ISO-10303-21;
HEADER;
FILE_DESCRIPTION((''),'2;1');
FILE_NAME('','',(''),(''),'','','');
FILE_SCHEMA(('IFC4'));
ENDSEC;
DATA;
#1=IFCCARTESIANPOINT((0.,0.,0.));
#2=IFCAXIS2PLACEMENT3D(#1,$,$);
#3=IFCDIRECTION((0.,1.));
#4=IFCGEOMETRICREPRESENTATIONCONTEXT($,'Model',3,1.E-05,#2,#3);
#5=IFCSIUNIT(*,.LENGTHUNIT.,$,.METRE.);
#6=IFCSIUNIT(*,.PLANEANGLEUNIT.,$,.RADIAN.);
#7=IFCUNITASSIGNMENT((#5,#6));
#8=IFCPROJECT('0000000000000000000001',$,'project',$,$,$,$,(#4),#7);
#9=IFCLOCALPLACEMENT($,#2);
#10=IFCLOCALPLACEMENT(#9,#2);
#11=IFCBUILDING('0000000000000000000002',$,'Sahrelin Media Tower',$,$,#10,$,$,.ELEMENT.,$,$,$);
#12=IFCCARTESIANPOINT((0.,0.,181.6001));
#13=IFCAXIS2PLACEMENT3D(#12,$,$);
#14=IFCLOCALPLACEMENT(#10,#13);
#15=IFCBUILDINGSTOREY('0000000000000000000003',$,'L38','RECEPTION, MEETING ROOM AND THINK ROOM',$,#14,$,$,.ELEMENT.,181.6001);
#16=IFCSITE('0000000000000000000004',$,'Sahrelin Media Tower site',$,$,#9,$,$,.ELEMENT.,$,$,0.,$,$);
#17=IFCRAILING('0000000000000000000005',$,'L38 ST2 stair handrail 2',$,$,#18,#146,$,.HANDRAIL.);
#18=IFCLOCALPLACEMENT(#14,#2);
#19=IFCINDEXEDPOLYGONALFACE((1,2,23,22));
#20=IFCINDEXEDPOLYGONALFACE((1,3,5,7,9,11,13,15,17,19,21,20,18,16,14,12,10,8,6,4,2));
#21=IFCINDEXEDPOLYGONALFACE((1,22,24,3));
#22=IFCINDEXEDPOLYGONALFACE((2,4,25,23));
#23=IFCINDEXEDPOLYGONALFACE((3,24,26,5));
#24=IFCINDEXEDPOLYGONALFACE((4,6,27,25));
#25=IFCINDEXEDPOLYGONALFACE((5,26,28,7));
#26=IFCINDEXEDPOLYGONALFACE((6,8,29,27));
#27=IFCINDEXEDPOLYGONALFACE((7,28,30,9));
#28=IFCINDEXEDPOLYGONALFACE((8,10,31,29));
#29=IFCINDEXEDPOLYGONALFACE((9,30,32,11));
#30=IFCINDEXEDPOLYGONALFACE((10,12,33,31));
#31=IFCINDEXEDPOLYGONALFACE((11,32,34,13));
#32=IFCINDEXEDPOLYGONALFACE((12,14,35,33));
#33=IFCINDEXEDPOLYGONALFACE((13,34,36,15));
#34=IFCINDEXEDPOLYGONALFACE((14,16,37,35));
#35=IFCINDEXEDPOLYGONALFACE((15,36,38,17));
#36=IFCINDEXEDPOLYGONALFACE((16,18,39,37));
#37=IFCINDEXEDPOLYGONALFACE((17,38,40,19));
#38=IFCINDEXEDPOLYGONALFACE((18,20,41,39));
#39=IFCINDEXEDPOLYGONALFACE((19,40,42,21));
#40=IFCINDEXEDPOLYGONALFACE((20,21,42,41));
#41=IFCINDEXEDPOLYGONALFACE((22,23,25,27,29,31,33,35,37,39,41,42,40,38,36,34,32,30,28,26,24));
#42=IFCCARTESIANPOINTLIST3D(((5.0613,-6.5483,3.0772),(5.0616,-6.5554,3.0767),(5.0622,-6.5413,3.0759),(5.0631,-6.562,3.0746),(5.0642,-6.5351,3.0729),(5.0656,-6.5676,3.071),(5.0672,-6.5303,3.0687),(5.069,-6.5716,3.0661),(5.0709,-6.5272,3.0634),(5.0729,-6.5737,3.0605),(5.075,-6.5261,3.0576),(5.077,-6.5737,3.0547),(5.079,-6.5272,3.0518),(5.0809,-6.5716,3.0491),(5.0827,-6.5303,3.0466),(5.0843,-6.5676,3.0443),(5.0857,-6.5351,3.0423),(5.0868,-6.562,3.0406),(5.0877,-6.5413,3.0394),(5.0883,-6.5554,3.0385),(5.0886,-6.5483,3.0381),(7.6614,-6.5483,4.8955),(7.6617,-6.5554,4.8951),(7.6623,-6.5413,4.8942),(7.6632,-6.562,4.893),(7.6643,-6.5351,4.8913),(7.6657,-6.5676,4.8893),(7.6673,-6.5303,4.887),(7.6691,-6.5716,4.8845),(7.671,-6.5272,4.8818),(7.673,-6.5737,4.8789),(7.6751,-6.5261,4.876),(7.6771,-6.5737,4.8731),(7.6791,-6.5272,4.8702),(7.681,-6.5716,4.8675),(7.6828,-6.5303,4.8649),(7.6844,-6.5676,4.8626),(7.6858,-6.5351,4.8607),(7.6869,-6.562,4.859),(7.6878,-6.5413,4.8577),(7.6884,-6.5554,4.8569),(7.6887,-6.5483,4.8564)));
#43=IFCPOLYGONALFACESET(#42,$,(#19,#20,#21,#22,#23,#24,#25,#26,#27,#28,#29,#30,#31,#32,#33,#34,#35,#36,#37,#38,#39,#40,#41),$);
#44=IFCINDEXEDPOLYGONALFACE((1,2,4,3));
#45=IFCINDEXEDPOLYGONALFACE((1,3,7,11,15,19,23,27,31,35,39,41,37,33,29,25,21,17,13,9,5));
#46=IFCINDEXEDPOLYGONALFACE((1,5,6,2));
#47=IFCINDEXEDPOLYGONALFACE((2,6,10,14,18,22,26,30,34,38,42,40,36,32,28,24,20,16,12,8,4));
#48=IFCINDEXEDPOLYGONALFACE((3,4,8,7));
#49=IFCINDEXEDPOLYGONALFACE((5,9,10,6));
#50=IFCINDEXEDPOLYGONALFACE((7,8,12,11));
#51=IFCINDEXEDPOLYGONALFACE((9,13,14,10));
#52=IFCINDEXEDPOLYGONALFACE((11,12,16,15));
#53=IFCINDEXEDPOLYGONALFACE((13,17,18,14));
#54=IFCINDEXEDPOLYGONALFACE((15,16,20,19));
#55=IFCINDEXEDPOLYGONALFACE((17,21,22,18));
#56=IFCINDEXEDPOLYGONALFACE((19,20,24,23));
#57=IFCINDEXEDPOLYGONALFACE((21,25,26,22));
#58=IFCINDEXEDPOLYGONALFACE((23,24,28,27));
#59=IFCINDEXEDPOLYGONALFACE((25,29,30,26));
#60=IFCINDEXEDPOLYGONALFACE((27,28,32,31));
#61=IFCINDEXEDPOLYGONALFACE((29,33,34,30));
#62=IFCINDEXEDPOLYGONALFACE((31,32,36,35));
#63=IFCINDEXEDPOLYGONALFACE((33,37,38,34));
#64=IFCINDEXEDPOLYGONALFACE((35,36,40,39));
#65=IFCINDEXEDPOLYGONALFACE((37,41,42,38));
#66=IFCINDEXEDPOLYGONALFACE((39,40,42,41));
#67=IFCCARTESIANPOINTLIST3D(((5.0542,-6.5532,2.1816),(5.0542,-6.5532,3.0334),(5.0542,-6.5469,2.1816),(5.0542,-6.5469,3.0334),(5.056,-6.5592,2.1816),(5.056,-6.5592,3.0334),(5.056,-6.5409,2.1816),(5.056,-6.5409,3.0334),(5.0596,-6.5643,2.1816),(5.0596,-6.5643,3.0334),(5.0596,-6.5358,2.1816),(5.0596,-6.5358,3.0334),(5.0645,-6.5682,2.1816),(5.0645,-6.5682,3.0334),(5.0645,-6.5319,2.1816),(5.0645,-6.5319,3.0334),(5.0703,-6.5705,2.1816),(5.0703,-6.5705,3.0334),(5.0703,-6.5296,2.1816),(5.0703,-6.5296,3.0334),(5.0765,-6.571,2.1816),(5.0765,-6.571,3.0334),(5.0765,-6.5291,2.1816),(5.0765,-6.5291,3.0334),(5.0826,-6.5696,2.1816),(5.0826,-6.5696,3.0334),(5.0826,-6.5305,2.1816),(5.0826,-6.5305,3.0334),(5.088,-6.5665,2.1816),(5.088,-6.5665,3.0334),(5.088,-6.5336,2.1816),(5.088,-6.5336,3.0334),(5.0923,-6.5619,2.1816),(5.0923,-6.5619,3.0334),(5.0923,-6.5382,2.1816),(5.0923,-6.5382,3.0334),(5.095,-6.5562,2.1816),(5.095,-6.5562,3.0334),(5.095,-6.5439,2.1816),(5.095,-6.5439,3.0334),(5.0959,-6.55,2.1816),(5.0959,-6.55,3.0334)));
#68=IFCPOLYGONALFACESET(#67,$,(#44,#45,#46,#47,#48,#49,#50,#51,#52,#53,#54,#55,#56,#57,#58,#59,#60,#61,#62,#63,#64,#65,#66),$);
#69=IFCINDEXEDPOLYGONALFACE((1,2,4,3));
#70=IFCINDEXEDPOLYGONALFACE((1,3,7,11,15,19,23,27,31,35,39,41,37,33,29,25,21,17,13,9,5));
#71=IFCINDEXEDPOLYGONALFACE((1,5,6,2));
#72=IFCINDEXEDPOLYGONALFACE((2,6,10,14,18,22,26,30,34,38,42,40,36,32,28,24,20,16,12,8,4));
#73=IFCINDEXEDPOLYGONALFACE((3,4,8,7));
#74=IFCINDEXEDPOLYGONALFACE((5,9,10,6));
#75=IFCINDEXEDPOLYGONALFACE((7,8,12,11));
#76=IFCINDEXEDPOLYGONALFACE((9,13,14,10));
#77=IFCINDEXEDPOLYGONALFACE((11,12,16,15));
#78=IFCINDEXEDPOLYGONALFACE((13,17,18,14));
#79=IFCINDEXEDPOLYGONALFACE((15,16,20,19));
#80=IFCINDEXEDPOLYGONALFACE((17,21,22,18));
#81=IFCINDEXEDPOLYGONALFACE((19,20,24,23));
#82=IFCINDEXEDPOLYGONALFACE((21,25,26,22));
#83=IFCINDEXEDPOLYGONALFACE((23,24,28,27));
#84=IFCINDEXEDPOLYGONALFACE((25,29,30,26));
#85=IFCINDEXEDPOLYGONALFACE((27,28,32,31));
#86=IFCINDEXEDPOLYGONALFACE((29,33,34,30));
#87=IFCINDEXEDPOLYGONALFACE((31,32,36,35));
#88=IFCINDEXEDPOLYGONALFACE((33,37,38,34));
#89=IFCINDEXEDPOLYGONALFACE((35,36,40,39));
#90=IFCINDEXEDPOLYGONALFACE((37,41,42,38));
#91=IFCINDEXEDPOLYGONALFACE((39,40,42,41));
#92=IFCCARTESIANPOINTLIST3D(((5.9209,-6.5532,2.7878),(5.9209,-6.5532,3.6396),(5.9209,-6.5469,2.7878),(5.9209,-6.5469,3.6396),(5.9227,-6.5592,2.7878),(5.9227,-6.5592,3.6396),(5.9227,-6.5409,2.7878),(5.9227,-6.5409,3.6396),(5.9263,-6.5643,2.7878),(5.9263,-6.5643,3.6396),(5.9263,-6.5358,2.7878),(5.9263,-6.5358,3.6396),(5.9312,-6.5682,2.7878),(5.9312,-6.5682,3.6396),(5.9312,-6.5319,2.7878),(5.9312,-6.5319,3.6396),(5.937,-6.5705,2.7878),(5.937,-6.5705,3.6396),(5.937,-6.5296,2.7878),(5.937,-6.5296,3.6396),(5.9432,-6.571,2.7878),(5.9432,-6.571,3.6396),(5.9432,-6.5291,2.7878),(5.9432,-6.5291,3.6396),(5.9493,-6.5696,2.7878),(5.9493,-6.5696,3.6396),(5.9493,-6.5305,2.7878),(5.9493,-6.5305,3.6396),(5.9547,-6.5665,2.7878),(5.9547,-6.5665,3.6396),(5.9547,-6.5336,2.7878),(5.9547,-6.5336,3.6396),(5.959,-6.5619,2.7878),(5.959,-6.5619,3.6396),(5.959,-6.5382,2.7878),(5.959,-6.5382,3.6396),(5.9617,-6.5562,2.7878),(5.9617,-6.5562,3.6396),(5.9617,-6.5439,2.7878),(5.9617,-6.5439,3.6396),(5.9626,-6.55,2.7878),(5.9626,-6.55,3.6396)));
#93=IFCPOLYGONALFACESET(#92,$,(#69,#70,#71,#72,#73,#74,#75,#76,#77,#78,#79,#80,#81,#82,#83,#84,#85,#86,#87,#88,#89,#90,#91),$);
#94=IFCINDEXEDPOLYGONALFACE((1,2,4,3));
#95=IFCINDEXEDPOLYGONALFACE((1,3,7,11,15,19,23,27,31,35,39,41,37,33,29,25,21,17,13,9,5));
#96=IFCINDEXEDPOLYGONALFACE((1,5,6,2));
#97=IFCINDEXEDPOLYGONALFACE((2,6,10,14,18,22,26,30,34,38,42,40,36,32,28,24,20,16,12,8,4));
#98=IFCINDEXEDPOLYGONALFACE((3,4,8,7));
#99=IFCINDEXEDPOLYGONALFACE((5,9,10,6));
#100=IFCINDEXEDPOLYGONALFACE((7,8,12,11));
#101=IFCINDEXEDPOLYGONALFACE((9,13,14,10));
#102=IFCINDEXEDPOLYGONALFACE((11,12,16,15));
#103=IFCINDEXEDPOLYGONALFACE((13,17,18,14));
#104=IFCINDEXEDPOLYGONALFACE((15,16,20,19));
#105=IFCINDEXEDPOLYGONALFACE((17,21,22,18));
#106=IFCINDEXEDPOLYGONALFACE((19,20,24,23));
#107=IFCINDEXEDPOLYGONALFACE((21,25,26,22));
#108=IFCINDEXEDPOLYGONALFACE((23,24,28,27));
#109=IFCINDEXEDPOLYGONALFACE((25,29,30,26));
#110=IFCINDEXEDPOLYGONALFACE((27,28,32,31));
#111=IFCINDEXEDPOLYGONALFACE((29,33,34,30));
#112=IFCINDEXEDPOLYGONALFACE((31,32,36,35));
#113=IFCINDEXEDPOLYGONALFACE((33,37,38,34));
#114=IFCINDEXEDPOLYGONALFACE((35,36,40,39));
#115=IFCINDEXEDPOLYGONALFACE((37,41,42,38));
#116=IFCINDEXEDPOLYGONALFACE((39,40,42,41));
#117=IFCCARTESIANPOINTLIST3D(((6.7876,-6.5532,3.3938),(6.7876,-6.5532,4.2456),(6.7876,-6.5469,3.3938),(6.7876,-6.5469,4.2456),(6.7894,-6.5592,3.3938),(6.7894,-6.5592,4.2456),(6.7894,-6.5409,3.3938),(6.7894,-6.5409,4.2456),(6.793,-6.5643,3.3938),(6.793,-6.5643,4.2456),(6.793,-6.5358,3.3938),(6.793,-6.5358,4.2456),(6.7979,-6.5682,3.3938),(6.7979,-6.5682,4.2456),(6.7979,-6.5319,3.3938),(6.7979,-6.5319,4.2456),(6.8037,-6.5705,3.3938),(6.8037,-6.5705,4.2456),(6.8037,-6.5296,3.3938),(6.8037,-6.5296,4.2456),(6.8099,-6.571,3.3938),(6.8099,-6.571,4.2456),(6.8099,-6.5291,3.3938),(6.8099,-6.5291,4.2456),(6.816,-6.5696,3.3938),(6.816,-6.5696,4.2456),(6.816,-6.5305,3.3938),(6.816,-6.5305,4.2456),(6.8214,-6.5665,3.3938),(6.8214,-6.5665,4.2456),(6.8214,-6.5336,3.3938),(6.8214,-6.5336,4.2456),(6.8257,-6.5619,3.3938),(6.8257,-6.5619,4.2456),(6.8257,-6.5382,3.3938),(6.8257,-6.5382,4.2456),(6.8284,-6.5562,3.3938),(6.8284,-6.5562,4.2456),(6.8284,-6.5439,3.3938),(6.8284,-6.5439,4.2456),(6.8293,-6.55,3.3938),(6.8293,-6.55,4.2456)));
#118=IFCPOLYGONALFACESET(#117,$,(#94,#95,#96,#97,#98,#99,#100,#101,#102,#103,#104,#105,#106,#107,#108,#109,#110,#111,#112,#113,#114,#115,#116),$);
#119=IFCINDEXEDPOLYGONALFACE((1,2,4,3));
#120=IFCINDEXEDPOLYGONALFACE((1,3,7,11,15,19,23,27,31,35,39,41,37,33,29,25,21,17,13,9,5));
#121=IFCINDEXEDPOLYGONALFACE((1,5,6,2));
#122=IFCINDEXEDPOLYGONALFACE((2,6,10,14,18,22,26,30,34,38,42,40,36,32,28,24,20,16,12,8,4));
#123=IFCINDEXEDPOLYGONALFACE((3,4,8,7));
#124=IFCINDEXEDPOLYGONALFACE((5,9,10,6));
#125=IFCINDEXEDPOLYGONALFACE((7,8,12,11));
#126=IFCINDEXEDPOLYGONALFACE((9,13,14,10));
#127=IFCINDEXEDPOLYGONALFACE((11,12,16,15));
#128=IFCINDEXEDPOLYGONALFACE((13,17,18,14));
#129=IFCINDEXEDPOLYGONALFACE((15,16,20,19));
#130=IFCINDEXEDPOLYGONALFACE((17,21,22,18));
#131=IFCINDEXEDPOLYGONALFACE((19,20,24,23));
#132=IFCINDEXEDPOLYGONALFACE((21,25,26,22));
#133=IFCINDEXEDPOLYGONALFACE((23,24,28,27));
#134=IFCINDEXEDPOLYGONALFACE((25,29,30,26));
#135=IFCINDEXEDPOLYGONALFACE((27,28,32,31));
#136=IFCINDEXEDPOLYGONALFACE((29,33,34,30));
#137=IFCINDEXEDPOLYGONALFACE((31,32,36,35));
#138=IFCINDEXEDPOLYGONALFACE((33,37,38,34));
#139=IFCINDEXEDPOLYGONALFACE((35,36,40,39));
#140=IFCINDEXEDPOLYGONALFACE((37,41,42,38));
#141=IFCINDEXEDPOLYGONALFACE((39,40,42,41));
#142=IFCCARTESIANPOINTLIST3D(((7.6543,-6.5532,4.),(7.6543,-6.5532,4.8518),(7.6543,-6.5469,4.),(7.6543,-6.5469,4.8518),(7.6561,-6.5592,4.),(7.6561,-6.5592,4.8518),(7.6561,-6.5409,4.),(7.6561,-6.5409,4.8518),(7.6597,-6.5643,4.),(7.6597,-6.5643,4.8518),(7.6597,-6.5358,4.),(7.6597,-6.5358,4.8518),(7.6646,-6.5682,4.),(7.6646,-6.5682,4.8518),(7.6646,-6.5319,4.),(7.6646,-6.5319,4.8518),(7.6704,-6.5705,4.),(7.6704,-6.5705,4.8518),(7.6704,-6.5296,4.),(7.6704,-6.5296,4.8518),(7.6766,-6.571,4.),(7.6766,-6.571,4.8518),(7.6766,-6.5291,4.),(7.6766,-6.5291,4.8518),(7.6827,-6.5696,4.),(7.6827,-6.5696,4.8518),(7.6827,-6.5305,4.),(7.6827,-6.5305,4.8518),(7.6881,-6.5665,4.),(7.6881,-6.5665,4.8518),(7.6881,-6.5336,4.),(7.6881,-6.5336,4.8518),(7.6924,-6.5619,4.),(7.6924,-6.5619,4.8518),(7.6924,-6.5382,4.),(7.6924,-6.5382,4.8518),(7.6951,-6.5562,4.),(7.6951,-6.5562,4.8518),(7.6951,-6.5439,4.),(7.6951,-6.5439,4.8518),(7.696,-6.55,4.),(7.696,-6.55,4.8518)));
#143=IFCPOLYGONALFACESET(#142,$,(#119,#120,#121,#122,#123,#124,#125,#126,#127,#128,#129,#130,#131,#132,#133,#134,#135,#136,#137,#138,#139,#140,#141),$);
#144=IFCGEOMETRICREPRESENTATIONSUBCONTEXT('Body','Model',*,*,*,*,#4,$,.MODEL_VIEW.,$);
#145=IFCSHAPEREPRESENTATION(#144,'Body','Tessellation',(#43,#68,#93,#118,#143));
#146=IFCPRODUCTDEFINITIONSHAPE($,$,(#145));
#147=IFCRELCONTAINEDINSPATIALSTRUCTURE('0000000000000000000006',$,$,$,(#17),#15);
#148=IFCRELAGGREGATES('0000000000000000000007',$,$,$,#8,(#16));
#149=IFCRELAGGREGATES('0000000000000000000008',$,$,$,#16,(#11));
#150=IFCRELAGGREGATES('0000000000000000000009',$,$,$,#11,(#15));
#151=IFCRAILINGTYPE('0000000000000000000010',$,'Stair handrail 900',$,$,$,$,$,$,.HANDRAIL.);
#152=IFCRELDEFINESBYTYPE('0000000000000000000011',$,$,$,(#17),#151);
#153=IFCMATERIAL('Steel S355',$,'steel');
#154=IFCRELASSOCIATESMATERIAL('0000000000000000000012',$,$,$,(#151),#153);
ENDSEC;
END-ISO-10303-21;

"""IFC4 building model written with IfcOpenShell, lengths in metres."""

from ifc_helpers import new_model, si_unit, direction, frame, origin, origin_2d, place, context, subcontext, project, spatial, circle, extrude, material, type_object, element, save


model = new_model("IFC4")

# Units and contexts
model_context = context("Model", 3, precision=1e-05, world=origin(), true_north=direction((0.0, 1.0)))
body_context = subcontext(model_context, "Body", "Model", "MODEL_VIEW")
ifc_project = project(units=[si_unit("LENGTHUNIT", "METRE"), si_unit("PLANEANGLEUNIT", "RADIAN")], contexts=[model_context])

# Site, building, storey
site_placement = place(None, origin())
site = spatial("IfcSite", under=ifc_project, at=site_placement, Name="Sahrelin Media Tower site", CompositionType="ELEMENT", RefElevation=0.0)
building_placement = place(site_placement, origin())
building = spatial("IfcBuilding", under=site, at=building_placement, Name="Sahrelin Media Tower", CompositionType="ELEMENT")
storey_placement = place(building_placement, frame((0.0, 0.0, 181.6001)))
storey = spatial("IfcBuildingStorey", under=building, at=storey_placement, Name="L38", Description="RECEPTION, MEETING ROOM AND THINK ROOM", CompositionType="ELEMENT", Elevation=181.6001)

# Railing
ifc_material_1 = material(Name="Steel S355", Category="steel")
railing_type_1 = type_object("IfcRailingType", Name="Stair handrail 900", PredefinedType="HANDRAIL", material=ifc_material_1)
railing_1_placement = place(storey_placement, frame((5.075, -6.55, 2.1816)))
element("IfcRailing", 1, at=railing_1_placement, inside=storey, type_object=railing_type_1, Name="L38 ST2 stair handrail 2", PredefinedType="HANDRAIL", context=body_context, shape_type="SweptSolid", body=[
    extrude(circle(Radius=0.0239, at=origin_2d()), frame((0.0, 0.0, 0.876), z_axis=(0.819485, 0.0, 0.573101), x_axis=(0.0, 1.0, 0.0)), (0.0, 0.0, 1.0), 3.1729),
    extrude(circle(Radius=0.021, at=origin_2d()), origin(), (0.0, 0.0, 1.0), 0.8518),
    extrude(circle(Radius=0.021, at=origin_2d()), frame((0.8667, 0.0, 0.6062)), (0.0, 0.0, 1.0), 0.8518),
    extrude(circle(Radius=0.021, at=origin_2d()), frame((1.7334, 0.0, 1.2122)), (0.0, 0.0, 1.0), 0.8518),
    extrude(circle(Radius=0.021, at=origin_2d()), frame((2.6001, 0.0, 1.8184)), (0.0, 0.0, 1.0), 0.8518),
])

save(model, "model.ifc")
